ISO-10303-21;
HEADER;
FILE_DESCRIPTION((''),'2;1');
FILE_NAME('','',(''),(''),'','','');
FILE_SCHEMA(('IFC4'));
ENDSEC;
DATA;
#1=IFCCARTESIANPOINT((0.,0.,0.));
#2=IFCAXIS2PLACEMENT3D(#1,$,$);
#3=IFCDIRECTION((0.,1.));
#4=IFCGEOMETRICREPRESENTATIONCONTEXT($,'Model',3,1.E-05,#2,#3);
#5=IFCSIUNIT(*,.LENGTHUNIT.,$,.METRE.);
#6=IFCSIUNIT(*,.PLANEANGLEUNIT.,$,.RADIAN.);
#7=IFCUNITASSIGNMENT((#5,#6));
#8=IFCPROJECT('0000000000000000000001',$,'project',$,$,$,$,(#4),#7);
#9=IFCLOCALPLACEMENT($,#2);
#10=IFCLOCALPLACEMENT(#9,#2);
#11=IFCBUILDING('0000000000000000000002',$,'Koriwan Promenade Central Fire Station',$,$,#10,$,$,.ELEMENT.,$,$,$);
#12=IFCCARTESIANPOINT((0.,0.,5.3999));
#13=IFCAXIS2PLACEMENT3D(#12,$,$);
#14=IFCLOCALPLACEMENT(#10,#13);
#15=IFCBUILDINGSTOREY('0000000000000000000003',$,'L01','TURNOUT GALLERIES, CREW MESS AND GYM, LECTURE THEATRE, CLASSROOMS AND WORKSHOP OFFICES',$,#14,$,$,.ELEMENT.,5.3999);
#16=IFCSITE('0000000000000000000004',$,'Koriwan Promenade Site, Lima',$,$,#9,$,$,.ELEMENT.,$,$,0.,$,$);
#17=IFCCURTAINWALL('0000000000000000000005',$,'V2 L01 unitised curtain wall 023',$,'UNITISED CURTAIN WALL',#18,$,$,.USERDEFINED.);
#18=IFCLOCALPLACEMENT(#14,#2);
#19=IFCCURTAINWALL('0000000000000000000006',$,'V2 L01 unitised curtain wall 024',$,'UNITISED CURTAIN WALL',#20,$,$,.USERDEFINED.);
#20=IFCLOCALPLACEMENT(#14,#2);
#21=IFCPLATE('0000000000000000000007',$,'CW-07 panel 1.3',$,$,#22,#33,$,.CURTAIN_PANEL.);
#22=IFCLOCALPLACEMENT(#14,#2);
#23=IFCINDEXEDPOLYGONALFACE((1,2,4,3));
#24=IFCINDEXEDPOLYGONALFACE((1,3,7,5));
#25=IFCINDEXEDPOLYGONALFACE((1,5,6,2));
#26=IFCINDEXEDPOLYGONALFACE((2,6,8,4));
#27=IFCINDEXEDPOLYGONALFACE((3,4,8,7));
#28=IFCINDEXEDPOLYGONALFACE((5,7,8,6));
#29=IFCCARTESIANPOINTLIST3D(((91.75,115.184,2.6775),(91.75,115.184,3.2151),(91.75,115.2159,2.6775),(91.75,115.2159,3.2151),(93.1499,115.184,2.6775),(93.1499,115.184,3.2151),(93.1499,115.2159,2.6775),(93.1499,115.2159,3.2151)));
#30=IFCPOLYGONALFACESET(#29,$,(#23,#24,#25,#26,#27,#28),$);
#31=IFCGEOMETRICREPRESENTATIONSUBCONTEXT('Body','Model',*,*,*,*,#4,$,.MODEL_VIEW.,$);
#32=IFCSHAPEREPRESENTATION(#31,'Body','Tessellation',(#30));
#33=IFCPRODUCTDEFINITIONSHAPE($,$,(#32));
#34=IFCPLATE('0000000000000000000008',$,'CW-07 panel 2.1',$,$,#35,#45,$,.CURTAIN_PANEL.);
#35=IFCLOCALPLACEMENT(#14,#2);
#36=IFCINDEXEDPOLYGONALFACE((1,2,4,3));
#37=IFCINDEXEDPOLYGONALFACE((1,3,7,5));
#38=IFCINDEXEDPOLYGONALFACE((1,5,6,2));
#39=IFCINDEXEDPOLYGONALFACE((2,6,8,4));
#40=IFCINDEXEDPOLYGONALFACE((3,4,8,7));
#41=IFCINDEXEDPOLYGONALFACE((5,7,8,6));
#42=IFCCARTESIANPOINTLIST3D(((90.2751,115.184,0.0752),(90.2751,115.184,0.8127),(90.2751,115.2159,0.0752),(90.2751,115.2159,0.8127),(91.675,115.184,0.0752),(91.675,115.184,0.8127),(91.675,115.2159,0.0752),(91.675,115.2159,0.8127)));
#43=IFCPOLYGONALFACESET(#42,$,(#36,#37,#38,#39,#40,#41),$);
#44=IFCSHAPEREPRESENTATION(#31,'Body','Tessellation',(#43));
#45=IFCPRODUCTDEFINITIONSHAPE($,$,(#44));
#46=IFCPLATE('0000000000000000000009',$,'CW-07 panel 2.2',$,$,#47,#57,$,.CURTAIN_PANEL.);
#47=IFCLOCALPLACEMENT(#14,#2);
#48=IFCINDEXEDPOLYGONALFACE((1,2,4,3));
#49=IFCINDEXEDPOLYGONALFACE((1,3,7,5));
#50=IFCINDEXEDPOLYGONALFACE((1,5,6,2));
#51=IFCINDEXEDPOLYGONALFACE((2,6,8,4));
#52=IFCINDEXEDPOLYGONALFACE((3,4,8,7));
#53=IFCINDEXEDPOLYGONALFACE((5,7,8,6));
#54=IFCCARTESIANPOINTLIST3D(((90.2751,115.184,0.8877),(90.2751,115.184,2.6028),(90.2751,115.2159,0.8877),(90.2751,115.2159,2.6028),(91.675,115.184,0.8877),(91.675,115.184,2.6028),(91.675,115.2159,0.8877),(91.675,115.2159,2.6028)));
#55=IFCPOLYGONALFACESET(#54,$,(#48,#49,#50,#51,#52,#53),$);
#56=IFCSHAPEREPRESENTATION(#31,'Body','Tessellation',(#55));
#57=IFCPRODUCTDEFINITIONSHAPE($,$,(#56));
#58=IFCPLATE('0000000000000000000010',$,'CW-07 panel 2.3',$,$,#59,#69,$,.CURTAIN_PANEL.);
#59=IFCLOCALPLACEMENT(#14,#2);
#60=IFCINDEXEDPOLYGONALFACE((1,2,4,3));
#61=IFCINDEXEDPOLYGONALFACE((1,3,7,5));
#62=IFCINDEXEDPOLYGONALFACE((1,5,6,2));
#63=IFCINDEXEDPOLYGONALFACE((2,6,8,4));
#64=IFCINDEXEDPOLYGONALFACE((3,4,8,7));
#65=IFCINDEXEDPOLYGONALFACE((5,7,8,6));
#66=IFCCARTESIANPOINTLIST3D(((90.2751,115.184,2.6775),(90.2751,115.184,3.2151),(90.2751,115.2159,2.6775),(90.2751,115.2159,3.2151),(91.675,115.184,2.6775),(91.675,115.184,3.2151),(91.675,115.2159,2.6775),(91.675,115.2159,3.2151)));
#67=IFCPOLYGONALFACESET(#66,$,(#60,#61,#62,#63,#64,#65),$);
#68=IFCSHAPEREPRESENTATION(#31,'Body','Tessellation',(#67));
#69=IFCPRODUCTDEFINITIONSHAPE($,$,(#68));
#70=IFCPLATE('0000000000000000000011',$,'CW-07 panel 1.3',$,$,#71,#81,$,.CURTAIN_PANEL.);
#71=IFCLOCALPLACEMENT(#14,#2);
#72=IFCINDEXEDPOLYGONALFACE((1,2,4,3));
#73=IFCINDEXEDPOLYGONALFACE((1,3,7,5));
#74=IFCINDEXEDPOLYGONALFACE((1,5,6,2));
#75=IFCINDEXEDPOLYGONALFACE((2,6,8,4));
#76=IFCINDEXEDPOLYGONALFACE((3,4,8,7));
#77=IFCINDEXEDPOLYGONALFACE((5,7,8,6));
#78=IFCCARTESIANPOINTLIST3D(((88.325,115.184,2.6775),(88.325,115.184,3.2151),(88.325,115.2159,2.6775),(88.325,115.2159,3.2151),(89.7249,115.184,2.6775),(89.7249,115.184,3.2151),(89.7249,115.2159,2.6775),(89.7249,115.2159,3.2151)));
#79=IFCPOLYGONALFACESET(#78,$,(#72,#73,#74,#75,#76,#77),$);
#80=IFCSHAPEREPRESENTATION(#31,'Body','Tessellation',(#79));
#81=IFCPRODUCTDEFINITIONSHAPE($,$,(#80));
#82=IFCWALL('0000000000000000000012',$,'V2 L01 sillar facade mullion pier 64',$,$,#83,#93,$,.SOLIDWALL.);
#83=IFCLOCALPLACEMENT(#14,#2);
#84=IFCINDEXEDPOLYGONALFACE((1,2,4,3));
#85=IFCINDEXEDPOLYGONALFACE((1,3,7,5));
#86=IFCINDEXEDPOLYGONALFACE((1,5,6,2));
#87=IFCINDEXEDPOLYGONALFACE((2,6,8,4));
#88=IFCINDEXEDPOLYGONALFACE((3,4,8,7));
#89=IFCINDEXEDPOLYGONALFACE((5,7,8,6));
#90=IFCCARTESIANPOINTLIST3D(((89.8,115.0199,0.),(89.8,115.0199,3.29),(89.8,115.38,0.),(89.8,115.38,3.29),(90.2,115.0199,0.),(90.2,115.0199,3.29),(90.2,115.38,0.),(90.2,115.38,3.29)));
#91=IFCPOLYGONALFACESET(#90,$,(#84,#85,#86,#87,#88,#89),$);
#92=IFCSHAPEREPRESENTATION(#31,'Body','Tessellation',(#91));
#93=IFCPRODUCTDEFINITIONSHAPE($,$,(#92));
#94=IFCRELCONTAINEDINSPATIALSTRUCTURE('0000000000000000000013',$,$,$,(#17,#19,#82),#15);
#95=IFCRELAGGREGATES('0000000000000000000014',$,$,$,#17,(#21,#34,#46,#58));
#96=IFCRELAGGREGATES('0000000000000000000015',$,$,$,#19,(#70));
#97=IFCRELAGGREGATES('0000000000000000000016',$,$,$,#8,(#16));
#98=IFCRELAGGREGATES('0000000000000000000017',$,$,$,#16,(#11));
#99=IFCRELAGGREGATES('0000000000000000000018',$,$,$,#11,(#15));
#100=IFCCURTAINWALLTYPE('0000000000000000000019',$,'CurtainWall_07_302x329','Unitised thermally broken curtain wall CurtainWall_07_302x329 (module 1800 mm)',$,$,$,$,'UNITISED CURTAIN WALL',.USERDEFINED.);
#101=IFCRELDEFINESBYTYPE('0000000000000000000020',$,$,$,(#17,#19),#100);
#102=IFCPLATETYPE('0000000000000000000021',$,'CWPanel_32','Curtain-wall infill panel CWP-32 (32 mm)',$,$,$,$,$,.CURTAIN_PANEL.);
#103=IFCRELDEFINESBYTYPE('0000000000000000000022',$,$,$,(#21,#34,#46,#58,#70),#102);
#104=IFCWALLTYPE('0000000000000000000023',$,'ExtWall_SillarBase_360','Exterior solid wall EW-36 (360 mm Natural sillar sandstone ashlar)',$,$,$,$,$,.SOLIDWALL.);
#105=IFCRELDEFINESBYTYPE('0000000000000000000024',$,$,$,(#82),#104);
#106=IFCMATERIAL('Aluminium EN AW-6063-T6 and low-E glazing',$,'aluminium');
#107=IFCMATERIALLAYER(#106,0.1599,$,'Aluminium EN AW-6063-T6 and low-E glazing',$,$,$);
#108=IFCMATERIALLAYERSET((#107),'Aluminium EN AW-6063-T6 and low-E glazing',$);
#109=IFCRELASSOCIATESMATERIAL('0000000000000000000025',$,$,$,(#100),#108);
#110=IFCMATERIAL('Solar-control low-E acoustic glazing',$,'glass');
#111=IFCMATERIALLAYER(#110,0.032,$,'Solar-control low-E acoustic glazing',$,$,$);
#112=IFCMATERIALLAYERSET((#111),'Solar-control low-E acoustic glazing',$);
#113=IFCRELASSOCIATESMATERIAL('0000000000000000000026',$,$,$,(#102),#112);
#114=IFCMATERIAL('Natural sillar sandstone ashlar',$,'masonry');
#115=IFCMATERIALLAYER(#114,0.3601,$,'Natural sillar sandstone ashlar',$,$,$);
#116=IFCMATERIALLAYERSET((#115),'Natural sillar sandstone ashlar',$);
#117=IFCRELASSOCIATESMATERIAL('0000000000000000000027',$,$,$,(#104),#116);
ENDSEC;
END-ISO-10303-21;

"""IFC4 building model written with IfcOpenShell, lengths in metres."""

from ifc_helpers import new_model, si_unit, direction, frame, frame_2d, origin, origin_2d, place, context, subcontext, project, spatial, rectangle, extrude, material, layer, layer_set, type_object, element, aggregate, save


model = new_model("IFC4")

# Units and contexts
model_context = context("Model", 3, precision=1e-05, world=origin(), true_north=direction((0.0, 1.0)))
body_context = subcontext(model_context, "Body", "Model", "MODEL_VIEW")
ifc_project = project(units=[si_unit("LENGTHUNIT", "METRE"), si_unit("PLANEANGLEUNIT", "RADIAN")], contexts=[model_context])

# Site, building, storey
site_placement = place(None, origin())
site = spatial("IfcSite", under=ifc_project, at=site_placement, Name="Koriwan Promenade Site, Lima", CompositionType="ELEMENT", RefElevation=0.0)
building_placement = place(site_placement, origin())
building = spatial("IfcBuilding", under=site, at=building_placement, Name="Koriwan Promenade Central Fire Station", CompositionType="ELEMENT")
storey_placement = place(building_placement, frame((0.0, 0.0, 5.3999)))
storey = spatial("IfcBuildingStorey", under=building, at=storey_placement, Name="L01", Description="TURNOUT GALLERIES, CREW MESS AND GYM, LECTURE THEATRE, CLASSROOMS AND WORKSHOP OFFICES", CompositionType="ELEMENT", Elevation=5.3999)

# Curtain wall
ifc_material_1 = material(Name="Aluminium EN AW-6063-T6 and low-E glazing", Category="aluminium")
ifc_layer_1 = layer(ifc_material_1, 0.1599, Name="Aluminium EN AW-6063-T6 and low-E glazing")
ifc_layer_set_1 = layer_set([ifc_layer_1], Name="Aluminium EN AW-6063-T6 and low-E glazing")
curtain_wall_type_1 = type_object("IfcCurtainWallType", Name="CurtainWall_07_302x329", Description="Unitised thermally broken curtain wall CurtainWall_07_302x329 (module 1800 mm)", ElementType="UNITISED CURTAIN WALL", PredefinedType="USERDEFINED", material=ifc_layer_set_1)
curtain_wall_1_placement = place(storey_placement, origin())
curtain_wall_1 = element("IfcCurtainWall", 1, at=curtain_wall_1_placement, inside=storey, type_object=curtain_wall_type_1, Name="V2 L01 unitised curtain wall 023", ObjectType="UNITISED CURTAIN WALL", PredefinedType="USERDEFINED")

# Curtain wall
curtain_wall_2_placement = place(storey_placement, origin())
curtain_wall_2 = element("IfcCurtainWall", 2, at=curtain_wall_2_placement, inside=storey, type_object=curtain_wall_type_1, Name="V2 L01 unitised curtain wall 024", ObjectType="UNITISED CURTAIN WALL", PredefinedType="USERDEFINED")

# Plates
ifc_material_2 = material(Name="Solar-control low-E acoustic glazing", Category="glass")
ifc_layer_2 = layer(ifc_material_2, 0.032, Name="Solar-control low-E acoustic glazing")
ifc_layer_set_2 = layer_set([ifc_layer_2], Name="Solar-control low-E acoustic glazing")
plate_type = type_object("IfcPlateType", Name="CWPanel_32", Description="Curtain-wall infill panel CWP-32 (32 mm)", PredefinedType="CURTAIN_PANEL", material=ifc_layer_set_2)
plate_1_placement = place(storey_placement, frame((92.45, 115.2, 2.6775), z_axis=(0.0, 0.0, 1.0), x_axis=(-1.0, 0.0, 0.0)))
plate_1 = element("IfcPlate", 3, at=plate_1_placement, type_object=plate_type, Name="CW-07 panel 1.3", PredefinedType="CURTAIN_PANEL", context=body_context, shape_type="SweptSolid", body=[
    extrude(rectangle(XDim=1.3999, YDim=0.032, at=origin_2d()), origin(), (0.0, 0.0, 1.0), 0.5376),
])
plate_2_placement = place(storey_placement, frame((90.9751, 115.2, 0.0752), z_axis=(0.0, 0.0, 1.0), x_axis=(-1.0, 0.0, 0.0)))
plate_2 = element("IfcPlate", 4, at=plate_2_placement, type_object=plate_type, Name="CW-07 panel 2.1", PredefinedType="CURTAIN_PANEL", context=body_context, shape_type="SweptSolid", body=[
    extrude(rectangle(XDim=1.3999, YDim=0.032, at=origin_2d()), origin(), (0.0, 0.0, 1.0), 0.7375),
])
plate_3_placement = place(storey_placement, frame((90.9751, 115.2, 0.8877), z_axis=(0.0, 0.0, 1.0), x_axis=(-1.0, 0.0, 0.0)))
plate_3 = element("IfcPlate", 5, at=plate_3_placement, type_object=plate_type, Name="CW-07 panel 2.2", PredefinedType="CURTAIN_PANEL", context=body_context, shape_type="SweptSolid", body=[
    extrude(rectangle(XDim=1.3999, YDim=0.032, at=origin_2d()), origin(), (0.0, 0.0, 1.0), 1.7151),
])
plate_4_placement = place(storey_placement, frame((90.9751, 115.2, 2.6775), z_axis=(0.0, 0.0, 1.0), x_axis=(-1.0, 0.0, 0.0)))
plate_4 = element("IfcPlate", 6, at=plate_4_placement, type_object=plate_type, Name="CW-07 panel 2.3", PredefinedType="CURTAIN_PANEL", context=body_context, shape_type="SweptSolid", body=[
    extrude(rectangle(XDim=1.3999, YDim=0.032, at=origin_2d()), origin(), (0.0, 0.0, 1.0), 0.5376),
])
aggregate(curtain_wall_1, [plate_1, plate_2, plate_3, plate_4])
plate_5_placement = place(storey_placement, frame((89.0249, 115.2, 2.6775), z_axis=(0.0, 0.0, 1.0), x_axis=(-1.0, 0.0, 0.0)))
plate_5 = element("IfcPlate", 7, at=plate_5_placement, type_object=plate_type, Name="CW-07 panel 1.3", PredefinedType="CURTAIN_PANEL", context=body_context, shape_type="SweptSolid", body=[
    extrude(rectangle(XDim=1.3999, YDim=0.032, at=origin_2d()), origin(), (0.0, 0.0, 1.0), 0.5376),
])
aggregate(curtain_wall_2, [plate_5])

# Wall
ifc_material_3 = material(Name="Natural sillar sandstone ashlar", Category="masonry")
ifc_layer_3 = layer(ifc_material_3, 0.3601, Name="Natural sillar sandstone ashlar")
ifc_layer_set_3 = layer_set([ifc_layer_3], Name="Natural sillar sandstone ashlar")
wall_type = type_object("IfcWallType", Name="ExtWall_SillarBase_360", Description="Exterior solid wall EW-36 (360 mm Natural sillar sandstone ashlar)", PredefinedType="SOLIDWALL", material=ifc_layer_set_3)
wall_placement = place(storey_placement, frame((90.2, 115.2, 0.0), z_axis=(0.0, 0.0, 1.0), x_axis=(-1.0, 0.0, 0.0)))
element("IfcWall", 8, at=wall_placement, inside=storey, type_object=wall_type, Name="V2 L01 sillar facade mullion pier 64", PredefinedType="SOLIDWALL", context=body_context, shape_type="SweptSolid", body=[
    extrude(rectangle(XDim=0.3999, YDim=0.3601, at=frame_2d((0.2, 0.0))), origin(), (0.0, 0.0, 1.0), 3.29),
])

save(model, "model.ifc")
